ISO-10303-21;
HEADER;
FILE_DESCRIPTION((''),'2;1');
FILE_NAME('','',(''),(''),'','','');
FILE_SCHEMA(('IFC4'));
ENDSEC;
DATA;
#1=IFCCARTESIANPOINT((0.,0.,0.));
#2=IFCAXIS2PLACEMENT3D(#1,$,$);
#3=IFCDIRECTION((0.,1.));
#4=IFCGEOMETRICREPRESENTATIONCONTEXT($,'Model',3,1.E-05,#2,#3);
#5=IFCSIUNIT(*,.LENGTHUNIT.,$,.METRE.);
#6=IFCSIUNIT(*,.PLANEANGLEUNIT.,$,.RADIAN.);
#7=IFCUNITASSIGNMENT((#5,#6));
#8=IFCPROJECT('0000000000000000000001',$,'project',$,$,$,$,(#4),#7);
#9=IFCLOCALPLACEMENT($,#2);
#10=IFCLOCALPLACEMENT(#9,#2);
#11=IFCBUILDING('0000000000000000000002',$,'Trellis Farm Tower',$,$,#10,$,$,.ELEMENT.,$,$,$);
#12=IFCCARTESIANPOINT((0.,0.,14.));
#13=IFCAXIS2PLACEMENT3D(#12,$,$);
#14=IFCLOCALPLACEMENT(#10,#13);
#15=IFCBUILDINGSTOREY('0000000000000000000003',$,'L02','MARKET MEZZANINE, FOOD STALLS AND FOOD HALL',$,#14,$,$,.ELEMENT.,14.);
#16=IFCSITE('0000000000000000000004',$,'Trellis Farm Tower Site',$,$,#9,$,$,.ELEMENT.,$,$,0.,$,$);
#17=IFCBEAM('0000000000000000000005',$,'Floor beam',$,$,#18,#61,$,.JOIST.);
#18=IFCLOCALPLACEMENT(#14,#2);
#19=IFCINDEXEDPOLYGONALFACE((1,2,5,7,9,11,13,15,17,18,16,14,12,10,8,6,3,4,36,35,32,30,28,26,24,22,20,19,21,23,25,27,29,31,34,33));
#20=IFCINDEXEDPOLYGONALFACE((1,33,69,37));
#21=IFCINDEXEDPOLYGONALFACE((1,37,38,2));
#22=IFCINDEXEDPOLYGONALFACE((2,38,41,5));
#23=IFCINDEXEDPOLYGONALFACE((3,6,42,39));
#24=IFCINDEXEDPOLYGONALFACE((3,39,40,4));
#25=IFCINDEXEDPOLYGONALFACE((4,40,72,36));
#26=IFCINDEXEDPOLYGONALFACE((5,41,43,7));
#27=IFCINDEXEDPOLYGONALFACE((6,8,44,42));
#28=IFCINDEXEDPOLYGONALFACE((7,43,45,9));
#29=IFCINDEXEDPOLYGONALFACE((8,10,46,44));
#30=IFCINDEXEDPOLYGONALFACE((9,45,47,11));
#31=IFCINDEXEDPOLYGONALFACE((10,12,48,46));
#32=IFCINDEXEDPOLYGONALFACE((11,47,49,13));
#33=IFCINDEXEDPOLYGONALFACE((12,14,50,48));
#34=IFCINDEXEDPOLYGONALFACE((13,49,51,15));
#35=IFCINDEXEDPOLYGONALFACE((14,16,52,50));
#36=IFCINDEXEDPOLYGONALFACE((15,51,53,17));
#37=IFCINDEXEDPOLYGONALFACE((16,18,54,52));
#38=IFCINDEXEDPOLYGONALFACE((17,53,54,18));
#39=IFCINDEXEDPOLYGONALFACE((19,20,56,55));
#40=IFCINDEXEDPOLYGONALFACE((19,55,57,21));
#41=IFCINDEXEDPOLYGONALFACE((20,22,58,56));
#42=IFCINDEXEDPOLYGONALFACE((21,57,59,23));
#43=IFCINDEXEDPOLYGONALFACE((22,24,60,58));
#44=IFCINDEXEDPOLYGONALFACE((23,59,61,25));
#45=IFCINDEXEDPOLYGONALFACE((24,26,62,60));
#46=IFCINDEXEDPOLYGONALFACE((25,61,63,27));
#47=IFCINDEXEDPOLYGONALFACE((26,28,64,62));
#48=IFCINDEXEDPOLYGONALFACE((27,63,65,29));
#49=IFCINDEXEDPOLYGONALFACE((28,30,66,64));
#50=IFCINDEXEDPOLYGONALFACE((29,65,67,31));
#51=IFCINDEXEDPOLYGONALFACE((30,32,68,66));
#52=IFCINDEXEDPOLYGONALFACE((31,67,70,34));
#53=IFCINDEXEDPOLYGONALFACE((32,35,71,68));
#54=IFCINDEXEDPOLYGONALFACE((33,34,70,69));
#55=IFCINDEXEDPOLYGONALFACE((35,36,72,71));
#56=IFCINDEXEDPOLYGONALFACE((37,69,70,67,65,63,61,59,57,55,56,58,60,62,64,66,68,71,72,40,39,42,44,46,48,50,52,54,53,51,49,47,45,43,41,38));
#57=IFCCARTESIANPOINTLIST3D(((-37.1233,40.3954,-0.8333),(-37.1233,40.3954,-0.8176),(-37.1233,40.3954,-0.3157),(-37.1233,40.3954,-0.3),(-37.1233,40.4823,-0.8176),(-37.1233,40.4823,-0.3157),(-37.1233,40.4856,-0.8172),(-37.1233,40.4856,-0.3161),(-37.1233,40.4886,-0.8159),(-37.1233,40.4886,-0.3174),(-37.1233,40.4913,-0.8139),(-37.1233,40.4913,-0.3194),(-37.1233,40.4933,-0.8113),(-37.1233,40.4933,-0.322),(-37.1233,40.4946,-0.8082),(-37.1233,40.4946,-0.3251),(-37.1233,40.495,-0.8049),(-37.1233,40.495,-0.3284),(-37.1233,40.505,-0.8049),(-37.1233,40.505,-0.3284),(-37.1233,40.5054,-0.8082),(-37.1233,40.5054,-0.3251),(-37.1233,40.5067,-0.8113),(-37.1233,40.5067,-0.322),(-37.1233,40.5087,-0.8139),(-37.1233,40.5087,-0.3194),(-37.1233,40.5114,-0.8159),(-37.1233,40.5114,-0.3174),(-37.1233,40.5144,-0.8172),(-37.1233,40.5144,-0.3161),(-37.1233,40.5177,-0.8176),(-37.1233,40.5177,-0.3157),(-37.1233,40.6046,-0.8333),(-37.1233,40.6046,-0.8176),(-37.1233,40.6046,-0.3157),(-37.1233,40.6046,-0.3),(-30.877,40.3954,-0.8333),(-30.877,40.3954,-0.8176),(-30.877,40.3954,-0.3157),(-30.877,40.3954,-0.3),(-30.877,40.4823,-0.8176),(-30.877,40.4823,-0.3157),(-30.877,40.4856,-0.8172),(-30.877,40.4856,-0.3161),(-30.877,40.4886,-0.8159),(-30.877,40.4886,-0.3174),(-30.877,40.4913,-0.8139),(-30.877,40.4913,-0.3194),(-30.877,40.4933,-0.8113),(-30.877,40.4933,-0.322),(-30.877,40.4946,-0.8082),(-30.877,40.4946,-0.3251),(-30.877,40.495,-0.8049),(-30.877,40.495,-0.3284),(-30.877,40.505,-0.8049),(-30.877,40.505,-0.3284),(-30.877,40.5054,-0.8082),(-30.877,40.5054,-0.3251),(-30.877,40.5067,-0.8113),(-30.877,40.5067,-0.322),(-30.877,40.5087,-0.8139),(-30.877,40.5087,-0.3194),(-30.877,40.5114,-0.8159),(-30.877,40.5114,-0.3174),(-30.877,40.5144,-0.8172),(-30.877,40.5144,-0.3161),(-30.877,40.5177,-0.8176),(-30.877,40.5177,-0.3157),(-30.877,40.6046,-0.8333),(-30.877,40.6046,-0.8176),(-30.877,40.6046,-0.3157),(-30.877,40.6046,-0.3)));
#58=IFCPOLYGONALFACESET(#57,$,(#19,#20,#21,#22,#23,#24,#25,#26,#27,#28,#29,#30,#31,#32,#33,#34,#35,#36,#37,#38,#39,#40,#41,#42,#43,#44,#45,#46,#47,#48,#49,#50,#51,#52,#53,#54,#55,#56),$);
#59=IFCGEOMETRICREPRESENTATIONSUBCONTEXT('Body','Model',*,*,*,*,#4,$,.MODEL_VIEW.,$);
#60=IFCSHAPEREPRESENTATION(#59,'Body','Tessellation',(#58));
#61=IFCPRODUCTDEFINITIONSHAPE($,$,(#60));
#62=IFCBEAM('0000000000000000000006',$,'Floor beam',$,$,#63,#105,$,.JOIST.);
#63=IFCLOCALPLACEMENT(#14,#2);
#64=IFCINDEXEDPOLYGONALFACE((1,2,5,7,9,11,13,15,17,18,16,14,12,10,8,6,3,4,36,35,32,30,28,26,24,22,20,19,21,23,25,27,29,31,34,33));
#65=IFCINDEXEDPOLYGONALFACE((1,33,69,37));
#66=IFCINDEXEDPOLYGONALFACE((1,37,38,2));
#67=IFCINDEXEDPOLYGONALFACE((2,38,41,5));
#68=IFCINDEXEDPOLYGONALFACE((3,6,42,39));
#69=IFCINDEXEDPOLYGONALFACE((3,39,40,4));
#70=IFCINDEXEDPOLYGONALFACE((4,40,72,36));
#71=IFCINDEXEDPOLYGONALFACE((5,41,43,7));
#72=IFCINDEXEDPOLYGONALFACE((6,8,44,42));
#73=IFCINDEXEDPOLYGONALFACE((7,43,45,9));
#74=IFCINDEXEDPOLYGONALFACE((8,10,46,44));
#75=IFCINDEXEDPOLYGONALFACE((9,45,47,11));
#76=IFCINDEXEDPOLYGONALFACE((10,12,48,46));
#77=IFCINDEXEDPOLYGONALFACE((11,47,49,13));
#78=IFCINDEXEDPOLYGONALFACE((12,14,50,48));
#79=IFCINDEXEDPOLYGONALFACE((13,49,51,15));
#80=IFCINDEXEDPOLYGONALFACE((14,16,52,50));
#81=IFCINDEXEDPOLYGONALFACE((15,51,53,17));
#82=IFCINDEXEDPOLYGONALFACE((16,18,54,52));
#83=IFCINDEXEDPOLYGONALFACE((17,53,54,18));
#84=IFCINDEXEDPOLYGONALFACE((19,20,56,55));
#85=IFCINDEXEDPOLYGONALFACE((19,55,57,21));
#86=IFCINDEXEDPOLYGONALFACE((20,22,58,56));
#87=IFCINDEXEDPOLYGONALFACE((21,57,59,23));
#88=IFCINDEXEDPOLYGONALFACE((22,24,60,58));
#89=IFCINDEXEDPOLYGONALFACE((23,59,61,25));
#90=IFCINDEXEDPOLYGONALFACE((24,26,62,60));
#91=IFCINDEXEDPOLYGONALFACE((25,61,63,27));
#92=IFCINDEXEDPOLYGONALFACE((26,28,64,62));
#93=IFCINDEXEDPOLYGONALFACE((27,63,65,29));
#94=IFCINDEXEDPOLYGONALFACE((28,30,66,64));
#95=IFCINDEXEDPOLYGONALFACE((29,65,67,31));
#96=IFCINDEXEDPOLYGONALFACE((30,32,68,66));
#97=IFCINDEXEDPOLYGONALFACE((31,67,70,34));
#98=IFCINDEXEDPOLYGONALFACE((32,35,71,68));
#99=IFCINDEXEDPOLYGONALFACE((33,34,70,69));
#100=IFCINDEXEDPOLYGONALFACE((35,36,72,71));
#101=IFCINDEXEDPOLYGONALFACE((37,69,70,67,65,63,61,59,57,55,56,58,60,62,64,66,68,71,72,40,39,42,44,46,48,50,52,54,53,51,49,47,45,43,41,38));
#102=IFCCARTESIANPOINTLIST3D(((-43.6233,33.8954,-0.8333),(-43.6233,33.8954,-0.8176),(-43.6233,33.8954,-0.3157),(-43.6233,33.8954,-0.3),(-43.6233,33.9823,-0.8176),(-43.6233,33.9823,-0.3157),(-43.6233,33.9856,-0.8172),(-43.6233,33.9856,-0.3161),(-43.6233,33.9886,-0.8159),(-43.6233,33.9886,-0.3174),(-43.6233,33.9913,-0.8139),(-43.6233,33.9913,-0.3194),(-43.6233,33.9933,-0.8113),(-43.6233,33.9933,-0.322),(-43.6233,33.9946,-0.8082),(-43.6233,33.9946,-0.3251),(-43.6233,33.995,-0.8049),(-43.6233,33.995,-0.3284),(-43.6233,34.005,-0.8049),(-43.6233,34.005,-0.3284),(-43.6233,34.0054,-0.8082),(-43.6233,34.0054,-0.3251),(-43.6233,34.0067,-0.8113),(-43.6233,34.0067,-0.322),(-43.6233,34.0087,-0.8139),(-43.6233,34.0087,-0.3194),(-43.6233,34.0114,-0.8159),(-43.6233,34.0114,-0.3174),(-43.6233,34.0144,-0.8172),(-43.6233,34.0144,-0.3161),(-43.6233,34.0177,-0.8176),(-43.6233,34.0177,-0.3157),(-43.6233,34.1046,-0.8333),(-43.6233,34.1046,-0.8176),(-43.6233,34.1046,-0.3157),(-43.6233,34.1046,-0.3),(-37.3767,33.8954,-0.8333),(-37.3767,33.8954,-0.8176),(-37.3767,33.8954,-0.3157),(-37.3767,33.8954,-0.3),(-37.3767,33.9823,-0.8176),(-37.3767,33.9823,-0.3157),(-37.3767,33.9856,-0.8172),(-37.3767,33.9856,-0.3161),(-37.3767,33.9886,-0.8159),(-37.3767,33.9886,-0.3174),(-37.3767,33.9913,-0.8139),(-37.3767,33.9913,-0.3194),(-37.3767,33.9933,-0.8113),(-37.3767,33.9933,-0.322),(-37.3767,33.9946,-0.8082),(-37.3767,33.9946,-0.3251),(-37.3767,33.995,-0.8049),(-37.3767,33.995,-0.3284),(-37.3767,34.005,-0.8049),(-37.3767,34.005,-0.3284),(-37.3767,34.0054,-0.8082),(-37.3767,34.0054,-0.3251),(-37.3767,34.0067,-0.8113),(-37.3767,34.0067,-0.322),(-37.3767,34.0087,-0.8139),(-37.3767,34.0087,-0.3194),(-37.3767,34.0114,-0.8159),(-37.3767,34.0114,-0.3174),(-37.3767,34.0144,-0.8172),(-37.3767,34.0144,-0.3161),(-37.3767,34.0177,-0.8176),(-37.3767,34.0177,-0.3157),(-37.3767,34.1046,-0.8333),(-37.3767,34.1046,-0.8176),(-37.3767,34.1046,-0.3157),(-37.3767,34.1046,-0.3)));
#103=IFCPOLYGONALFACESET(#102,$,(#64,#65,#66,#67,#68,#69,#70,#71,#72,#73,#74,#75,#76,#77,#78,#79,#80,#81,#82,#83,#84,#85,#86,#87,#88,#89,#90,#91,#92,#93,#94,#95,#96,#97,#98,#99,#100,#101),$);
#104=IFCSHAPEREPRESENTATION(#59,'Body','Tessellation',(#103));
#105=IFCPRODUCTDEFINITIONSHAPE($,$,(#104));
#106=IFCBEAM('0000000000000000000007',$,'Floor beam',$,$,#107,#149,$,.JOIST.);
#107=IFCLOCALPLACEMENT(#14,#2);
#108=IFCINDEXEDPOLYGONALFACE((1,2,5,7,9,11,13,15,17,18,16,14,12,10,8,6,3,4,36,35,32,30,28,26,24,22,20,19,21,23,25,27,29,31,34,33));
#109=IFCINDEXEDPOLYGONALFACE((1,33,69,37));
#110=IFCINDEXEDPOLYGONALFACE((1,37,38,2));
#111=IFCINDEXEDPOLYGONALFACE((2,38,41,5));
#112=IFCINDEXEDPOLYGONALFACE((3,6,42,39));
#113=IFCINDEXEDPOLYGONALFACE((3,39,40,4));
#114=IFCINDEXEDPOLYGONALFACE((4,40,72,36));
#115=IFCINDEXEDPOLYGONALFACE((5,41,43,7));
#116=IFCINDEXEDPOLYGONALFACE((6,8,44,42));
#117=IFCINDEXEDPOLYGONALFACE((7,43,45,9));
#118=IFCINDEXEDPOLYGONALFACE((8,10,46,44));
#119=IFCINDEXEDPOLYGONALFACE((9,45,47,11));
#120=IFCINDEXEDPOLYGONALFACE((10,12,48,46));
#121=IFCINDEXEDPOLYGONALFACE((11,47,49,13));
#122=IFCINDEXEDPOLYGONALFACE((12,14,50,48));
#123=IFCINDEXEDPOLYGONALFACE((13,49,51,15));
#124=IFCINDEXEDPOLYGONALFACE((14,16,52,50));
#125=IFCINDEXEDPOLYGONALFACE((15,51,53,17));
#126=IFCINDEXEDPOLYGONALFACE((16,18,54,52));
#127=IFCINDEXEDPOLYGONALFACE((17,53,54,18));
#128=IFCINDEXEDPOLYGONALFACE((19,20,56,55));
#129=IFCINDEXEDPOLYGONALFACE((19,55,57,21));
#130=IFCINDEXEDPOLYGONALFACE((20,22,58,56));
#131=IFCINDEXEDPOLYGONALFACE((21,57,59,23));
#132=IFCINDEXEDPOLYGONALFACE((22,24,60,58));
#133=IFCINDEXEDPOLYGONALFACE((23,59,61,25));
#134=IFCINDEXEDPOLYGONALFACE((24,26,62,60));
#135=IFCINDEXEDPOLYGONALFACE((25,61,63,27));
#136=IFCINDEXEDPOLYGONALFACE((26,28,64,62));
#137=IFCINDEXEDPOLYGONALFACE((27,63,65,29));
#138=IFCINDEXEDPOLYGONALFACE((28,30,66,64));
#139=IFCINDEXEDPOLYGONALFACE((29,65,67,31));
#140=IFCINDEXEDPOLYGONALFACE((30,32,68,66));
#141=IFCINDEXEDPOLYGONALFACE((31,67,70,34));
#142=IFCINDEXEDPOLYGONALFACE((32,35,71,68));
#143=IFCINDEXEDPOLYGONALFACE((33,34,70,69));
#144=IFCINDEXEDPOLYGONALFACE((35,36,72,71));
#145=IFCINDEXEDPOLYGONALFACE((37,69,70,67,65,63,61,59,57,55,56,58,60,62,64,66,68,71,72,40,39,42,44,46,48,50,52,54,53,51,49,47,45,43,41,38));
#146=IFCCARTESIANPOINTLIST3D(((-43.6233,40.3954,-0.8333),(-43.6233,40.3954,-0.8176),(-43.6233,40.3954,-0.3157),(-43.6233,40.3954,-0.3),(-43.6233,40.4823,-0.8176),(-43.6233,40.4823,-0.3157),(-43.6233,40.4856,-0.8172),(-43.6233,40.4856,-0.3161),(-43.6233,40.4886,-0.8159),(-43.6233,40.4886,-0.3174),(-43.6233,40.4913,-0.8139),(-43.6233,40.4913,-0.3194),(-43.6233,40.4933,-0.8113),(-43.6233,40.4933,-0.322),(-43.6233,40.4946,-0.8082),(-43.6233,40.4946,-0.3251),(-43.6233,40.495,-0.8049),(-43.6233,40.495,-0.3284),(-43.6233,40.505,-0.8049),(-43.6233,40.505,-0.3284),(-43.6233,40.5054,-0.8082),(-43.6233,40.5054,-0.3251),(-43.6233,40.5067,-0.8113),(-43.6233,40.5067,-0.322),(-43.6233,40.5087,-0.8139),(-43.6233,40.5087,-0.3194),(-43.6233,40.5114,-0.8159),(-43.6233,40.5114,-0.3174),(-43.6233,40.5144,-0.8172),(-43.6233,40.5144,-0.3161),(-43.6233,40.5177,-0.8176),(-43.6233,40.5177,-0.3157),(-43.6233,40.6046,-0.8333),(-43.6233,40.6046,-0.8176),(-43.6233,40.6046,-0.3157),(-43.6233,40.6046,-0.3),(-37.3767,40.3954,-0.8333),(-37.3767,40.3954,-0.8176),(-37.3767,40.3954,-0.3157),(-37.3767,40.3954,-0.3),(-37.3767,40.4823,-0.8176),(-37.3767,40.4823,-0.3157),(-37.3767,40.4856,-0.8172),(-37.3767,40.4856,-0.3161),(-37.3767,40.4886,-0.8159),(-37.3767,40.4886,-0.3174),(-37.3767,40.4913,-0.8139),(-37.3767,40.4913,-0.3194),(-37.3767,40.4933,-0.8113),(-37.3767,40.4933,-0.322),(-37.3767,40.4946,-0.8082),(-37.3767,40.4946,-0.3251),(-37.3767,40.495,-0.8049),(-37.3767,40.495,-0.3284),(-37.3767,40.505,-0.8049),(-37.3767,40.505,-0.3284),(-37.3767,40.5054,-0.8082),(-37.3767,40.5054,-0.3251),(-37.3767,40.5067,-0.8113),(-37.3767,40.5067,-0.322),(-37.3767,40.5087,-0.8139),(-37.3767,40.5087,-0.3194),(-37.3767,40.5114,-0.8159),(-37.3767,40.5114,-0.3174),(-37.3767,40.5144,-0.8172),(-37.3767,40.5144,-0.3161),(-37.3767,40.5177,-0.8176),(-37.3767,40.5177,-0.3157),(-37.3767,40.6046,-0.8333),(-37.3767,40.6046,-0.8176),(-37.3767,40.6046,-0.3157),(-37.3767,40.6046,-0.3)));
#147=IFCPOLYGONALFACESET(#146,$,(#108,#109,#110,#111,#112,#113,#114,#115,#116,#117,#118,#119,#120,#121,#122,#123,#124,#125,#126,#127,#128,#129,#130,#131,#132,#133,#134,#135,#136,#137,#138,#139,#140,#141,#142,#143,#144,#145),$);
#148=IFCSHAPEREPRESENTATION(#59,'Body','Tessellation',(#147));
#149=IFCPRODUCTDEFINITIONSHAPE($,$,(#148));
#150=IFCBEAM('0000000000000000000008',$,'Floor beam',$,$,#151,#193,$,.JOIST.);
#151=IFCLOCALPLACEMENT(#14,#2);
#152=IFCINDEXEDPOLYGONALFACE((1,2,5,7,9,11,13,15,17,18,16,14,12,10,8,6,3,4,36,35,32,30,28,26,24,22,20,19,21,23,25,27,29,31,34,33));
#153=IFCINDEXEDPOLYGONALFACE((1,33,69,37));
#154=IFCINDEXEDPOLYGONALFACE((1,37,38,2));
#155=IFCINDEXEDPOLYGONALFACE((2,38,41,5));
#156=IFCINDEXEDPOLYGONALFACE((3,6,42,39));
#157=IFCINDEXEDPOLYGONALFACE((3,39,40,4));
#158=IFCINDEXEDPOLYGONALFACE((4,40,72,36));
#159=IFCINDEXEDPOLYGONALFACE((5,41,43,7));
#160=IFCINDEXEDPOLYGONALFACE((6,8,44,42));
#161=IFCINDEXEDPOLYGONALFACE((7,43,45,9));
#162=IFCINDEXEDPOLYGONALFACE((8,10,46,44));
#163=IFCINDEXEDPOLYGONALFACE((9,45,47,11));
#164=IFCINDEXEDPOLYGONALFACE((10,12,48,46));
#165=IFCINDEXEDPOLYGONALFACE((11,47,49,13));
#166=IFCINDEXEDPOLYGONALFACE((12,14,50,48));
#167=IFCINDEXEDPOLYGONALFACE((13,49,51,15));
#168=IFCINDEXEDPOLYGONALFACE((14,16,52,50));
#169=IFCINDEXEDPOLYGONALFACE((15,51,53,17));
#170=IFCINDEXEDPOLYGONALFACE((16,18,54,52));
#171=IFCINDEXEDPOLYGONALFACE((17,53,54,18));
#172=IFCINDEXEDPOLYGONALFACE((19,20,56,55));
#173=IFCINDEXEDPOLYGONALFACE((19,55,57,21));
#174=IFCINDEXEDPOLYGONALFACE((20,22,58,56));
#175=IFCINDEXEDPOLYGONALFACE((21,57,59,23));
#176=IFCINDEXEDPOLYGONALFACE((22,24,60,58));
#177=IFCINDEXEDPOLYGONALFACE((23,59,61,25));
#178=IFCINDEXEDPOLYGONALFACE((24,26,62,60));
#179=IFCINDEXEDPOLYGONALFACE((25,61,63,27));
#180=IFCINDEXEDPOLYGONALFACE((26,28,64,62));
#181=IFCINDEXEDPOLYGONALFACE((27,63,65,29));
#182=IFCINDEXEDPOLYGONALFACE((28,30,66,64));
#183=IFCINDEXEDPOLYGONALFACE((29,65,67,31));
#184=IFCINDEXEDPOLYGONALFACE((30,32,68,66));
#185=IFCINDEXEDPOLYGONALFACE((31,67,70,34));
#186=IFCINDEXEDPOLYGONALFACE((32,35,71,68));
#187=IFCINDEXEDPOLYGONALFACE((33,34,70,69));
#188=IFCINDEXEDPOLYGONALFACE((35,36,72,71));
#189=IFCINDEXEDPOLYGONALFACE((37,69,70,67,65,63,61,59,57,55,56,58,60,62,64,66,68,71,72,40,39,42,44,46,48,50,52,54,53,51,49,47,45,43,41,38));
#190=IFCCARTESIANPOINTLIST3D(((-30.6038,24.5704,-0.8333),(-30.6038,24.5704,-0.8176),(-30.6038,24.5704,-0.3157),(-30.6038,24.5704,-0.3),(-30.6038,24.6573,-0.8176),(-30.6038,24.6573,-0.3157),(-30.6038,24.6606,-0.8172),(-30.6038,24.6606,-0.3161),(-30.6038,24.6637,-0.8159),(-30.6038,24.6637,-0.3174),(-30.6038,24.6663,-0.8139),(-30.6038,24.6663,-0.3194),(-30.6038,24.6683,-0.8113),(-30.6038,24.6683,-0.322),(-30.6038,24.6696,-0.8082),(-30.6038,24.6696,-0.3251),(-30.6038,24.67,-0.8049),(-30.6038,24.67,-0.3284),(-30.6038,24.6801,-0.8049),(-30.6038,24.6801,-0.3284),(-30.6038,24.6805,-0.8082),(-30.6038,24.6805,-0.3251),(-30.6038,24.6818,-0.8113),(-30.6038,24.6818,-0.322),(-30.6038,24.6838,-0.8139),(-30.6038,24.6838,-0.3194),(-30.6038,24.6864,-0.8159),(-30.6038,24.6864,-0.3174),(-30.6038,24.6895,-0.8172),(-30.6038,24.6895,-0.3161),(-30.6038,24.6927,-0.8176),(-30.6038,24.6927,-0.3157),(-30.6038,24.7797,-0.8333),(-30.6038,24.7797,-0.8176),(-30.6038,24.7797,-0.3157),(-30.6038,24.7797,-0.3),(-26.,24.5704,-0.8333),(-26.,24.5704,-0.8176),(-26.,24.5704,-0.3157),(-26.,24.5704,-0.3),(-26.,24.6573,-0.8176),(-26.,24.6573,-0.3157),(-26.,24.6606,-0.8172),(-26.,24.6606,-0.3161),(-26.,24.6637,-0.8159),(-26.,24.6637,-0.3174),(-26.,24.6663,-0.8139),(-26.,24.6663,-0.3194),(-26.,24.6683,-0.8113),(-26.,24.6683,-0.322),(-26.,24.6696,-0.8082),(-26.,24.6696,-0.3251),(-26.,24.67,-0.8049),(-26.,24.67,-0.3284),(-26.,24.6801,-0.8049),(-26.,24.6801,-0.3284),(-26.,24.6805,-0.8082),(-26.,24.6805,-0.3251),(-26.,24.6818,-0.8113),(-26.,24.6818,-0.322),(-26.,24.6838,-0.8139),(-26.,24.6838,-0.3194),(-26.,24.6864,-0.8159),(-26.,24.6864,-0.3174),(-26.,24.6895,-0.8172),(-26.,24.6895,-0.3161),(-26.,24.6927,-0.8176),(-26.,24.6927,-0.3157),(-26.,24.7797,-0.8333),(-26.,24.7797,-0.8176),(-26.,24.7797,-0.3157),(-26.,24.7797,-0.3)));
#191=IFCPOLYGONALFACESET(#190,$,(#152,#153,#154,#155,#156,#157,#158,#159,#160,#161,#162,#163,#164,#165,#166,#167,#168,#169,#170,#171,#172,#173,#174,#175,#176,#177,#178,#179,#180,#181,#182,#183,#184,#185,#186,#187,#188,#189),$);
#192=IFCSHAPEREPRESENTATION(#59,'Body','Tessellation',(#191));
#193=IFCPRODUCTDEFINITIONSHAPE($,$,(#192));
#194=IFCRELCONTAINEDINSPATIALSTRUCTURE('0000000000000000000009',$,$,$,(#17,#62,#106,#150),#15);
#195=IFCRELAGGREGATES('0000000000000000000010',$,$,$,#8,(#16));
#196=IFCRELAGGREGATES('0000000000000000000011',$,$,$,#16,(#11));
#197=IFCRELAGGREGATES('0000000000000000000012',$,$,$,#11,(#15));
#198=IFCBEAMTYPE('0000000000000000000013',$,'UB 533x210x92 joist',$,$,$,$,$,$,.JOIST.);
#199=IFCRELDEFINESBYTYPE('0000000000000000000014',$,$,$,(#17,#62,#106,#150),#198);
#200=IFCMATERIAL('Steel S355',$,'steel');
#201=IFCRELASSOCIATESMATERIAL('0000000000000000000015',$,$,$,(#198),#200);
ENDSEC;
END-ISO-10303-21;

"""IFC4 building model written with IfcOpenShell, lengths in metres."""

from ifc_helpers import new_model, si_unit, direction, frame, origin, origin_2d, place, context, subcontext, project, spatial, i_section, extrude, source, transform, mapped, material, material_profile, profile_set, type_object, element, save


model = new_model("IFC4")

# Units and contexts
model_context = context("Model", 3, precision=1e-05, world=origin(), true_north=direction((0.0, 1.0)))
body_context = subcontext(model_context, "Body", "Model", "MODEL_VIEW")
ifc_project = project(units=[si_unit("LENGTHUNIT", "METRE"), si_unit("PLANEANGLEUNIT", "RADIAN")], contexts=[model_context])

# Site, building, storey
site_placement = place(None, origin())
site = spatial("IfcSite", under=ifc_project, at=site_placement, Name="Trellis Farm Tower Site", CompositionType="ELEMENT", RefElevation=0.0)
building_placement = place(site_placement, origin())
building = spatial("IfcBuilding", under=site, at=building_placement, Name="Trellis Farm Tower", CompositionType="ELEMENT")
storey_placement = place(building_placement, frame((0.0, 0.0, 14.0)))
storey = spatial("IfcBuildingStorey", under=building, at=storey_placement, Name="L02", Description="MARKET MEZZANINE, FOOD STALLS AND FOOD HALL", CompositionType="ELEMENT", Elevation=14.0)

# Beams
ifc_material_1 = material(Name="Steel S355", Category="steel")
ifc_material_profile_1 = material_profile(ifc_material_1, i_section(OverallWidth=0.2092, OverallDepth=0.5332, WebThickness=0.01, FlangeThickness=0.0156, FilletRadius=0.0127, at=origin_2d()), Name="UB 533x210x92")
ifc_profile_set_1 = profile_set([ifc_material_profile_1], Name="Steel S355")
beam_type_1 = type_object("IfcBeamType", Name="UB 533x210x92 joist", PredefinedType="JOIST", material=ifc_profile_set_1)
shared_shape_1 = source(origin(), body_context, "Body", "SweptSolid", [
    extrude(i_section(OverallWidth=0.2092, OverallDepth=0.5332, WebThickness=0.01, FlangeThickness=0.0156, FilletRadius=0.0127, at=origin_2d()), origin(), (0.0, 0.0, 1.0), 6.2463),
])
for number, where, z_axis, x_axis, name in (
    (1, (-37.1233, 40.5, -0.5667), (1.0, 0.0, 0.0), (0.0, 1.0, 0.0), "Floor beam"),
):
    element("IfcBeam", number, at=place(storey_placement, frame(where, z_axis=z_axis, x_axis=x_axis)), inside=storey, type_object=beam_type_1, Name=name, PredefinedType="JOIST", context=body_context, shape_type="MappedRepresentation", body=[
        mapped(shared_shape_1, transform((0.0, 0.0, 0.0))),
    ])
shared_shape_2 = source(origin(), body_context, "Body", "SweptSolid", [
    extrude(i_section(OverallWidth=0.2092, OverallDepth=0.5332, WebThickness=0.01, FlangeThickness=0.0156, FilletRadius=0.0127, at=origin_2d()), origin(), (0.0, 0.0, 1.0), 6.2466),
])
for number, where, z_axis, x_axis, name in (
    (2, (-43.6233, 34.0, -0.5667), (1.0, 0.0, 0.0), (0.0, 1.0, 0.0), "Floor beam"),
    (3, (-43.6233, 40.5, -0.5667), (1.0, 0.0, 0.0), (0.0, 1.0, 0.0), "Floor beam"),
):
    element("IfcBeam", number, at=place(storey_placement, frame(where, z_axis=z_axis, x_axis=x_axis)), inside=storey, type_object=beam_type_1, Name=name, PredefinedType="JOIST", context=body_context, shape_type="MappedRepresentation", body=[
        mapped(shared_shape_2, transform((0.0, 0.0, 0.0))),
    ])
shared_shape_3 = source(origin(), body_context, "Body", "SweptSolid", [
    extrude(i_section(OverallWidth=0.2092, OverallDepth=0.5332, WebThickness=0.01, FlangeThickness=0.0156, FilletRadius=0.0127, at=origin_2d()), origin(), (0.0, 0.0, 1.0), 4.6038),
])
beam_placement = place(storey_placement, frame((-30.6038, 24.675, -0.5667), z_axis=(1.0, 0.0, 0.0), x_axis=(0.0, 1.0, 0.0)))
element("IfcBeam", 4, at=beam_placement, inside=storey, type_object=beam_type_1, Name="Floor beam", PredefinedType="JOIST", context=body_context, shape_type="MappedRepresentation", body=[
    mapped(shared_shape_3, transform((0.0, 0.0, 0.0))),
])

save(model, "model.ifc")
